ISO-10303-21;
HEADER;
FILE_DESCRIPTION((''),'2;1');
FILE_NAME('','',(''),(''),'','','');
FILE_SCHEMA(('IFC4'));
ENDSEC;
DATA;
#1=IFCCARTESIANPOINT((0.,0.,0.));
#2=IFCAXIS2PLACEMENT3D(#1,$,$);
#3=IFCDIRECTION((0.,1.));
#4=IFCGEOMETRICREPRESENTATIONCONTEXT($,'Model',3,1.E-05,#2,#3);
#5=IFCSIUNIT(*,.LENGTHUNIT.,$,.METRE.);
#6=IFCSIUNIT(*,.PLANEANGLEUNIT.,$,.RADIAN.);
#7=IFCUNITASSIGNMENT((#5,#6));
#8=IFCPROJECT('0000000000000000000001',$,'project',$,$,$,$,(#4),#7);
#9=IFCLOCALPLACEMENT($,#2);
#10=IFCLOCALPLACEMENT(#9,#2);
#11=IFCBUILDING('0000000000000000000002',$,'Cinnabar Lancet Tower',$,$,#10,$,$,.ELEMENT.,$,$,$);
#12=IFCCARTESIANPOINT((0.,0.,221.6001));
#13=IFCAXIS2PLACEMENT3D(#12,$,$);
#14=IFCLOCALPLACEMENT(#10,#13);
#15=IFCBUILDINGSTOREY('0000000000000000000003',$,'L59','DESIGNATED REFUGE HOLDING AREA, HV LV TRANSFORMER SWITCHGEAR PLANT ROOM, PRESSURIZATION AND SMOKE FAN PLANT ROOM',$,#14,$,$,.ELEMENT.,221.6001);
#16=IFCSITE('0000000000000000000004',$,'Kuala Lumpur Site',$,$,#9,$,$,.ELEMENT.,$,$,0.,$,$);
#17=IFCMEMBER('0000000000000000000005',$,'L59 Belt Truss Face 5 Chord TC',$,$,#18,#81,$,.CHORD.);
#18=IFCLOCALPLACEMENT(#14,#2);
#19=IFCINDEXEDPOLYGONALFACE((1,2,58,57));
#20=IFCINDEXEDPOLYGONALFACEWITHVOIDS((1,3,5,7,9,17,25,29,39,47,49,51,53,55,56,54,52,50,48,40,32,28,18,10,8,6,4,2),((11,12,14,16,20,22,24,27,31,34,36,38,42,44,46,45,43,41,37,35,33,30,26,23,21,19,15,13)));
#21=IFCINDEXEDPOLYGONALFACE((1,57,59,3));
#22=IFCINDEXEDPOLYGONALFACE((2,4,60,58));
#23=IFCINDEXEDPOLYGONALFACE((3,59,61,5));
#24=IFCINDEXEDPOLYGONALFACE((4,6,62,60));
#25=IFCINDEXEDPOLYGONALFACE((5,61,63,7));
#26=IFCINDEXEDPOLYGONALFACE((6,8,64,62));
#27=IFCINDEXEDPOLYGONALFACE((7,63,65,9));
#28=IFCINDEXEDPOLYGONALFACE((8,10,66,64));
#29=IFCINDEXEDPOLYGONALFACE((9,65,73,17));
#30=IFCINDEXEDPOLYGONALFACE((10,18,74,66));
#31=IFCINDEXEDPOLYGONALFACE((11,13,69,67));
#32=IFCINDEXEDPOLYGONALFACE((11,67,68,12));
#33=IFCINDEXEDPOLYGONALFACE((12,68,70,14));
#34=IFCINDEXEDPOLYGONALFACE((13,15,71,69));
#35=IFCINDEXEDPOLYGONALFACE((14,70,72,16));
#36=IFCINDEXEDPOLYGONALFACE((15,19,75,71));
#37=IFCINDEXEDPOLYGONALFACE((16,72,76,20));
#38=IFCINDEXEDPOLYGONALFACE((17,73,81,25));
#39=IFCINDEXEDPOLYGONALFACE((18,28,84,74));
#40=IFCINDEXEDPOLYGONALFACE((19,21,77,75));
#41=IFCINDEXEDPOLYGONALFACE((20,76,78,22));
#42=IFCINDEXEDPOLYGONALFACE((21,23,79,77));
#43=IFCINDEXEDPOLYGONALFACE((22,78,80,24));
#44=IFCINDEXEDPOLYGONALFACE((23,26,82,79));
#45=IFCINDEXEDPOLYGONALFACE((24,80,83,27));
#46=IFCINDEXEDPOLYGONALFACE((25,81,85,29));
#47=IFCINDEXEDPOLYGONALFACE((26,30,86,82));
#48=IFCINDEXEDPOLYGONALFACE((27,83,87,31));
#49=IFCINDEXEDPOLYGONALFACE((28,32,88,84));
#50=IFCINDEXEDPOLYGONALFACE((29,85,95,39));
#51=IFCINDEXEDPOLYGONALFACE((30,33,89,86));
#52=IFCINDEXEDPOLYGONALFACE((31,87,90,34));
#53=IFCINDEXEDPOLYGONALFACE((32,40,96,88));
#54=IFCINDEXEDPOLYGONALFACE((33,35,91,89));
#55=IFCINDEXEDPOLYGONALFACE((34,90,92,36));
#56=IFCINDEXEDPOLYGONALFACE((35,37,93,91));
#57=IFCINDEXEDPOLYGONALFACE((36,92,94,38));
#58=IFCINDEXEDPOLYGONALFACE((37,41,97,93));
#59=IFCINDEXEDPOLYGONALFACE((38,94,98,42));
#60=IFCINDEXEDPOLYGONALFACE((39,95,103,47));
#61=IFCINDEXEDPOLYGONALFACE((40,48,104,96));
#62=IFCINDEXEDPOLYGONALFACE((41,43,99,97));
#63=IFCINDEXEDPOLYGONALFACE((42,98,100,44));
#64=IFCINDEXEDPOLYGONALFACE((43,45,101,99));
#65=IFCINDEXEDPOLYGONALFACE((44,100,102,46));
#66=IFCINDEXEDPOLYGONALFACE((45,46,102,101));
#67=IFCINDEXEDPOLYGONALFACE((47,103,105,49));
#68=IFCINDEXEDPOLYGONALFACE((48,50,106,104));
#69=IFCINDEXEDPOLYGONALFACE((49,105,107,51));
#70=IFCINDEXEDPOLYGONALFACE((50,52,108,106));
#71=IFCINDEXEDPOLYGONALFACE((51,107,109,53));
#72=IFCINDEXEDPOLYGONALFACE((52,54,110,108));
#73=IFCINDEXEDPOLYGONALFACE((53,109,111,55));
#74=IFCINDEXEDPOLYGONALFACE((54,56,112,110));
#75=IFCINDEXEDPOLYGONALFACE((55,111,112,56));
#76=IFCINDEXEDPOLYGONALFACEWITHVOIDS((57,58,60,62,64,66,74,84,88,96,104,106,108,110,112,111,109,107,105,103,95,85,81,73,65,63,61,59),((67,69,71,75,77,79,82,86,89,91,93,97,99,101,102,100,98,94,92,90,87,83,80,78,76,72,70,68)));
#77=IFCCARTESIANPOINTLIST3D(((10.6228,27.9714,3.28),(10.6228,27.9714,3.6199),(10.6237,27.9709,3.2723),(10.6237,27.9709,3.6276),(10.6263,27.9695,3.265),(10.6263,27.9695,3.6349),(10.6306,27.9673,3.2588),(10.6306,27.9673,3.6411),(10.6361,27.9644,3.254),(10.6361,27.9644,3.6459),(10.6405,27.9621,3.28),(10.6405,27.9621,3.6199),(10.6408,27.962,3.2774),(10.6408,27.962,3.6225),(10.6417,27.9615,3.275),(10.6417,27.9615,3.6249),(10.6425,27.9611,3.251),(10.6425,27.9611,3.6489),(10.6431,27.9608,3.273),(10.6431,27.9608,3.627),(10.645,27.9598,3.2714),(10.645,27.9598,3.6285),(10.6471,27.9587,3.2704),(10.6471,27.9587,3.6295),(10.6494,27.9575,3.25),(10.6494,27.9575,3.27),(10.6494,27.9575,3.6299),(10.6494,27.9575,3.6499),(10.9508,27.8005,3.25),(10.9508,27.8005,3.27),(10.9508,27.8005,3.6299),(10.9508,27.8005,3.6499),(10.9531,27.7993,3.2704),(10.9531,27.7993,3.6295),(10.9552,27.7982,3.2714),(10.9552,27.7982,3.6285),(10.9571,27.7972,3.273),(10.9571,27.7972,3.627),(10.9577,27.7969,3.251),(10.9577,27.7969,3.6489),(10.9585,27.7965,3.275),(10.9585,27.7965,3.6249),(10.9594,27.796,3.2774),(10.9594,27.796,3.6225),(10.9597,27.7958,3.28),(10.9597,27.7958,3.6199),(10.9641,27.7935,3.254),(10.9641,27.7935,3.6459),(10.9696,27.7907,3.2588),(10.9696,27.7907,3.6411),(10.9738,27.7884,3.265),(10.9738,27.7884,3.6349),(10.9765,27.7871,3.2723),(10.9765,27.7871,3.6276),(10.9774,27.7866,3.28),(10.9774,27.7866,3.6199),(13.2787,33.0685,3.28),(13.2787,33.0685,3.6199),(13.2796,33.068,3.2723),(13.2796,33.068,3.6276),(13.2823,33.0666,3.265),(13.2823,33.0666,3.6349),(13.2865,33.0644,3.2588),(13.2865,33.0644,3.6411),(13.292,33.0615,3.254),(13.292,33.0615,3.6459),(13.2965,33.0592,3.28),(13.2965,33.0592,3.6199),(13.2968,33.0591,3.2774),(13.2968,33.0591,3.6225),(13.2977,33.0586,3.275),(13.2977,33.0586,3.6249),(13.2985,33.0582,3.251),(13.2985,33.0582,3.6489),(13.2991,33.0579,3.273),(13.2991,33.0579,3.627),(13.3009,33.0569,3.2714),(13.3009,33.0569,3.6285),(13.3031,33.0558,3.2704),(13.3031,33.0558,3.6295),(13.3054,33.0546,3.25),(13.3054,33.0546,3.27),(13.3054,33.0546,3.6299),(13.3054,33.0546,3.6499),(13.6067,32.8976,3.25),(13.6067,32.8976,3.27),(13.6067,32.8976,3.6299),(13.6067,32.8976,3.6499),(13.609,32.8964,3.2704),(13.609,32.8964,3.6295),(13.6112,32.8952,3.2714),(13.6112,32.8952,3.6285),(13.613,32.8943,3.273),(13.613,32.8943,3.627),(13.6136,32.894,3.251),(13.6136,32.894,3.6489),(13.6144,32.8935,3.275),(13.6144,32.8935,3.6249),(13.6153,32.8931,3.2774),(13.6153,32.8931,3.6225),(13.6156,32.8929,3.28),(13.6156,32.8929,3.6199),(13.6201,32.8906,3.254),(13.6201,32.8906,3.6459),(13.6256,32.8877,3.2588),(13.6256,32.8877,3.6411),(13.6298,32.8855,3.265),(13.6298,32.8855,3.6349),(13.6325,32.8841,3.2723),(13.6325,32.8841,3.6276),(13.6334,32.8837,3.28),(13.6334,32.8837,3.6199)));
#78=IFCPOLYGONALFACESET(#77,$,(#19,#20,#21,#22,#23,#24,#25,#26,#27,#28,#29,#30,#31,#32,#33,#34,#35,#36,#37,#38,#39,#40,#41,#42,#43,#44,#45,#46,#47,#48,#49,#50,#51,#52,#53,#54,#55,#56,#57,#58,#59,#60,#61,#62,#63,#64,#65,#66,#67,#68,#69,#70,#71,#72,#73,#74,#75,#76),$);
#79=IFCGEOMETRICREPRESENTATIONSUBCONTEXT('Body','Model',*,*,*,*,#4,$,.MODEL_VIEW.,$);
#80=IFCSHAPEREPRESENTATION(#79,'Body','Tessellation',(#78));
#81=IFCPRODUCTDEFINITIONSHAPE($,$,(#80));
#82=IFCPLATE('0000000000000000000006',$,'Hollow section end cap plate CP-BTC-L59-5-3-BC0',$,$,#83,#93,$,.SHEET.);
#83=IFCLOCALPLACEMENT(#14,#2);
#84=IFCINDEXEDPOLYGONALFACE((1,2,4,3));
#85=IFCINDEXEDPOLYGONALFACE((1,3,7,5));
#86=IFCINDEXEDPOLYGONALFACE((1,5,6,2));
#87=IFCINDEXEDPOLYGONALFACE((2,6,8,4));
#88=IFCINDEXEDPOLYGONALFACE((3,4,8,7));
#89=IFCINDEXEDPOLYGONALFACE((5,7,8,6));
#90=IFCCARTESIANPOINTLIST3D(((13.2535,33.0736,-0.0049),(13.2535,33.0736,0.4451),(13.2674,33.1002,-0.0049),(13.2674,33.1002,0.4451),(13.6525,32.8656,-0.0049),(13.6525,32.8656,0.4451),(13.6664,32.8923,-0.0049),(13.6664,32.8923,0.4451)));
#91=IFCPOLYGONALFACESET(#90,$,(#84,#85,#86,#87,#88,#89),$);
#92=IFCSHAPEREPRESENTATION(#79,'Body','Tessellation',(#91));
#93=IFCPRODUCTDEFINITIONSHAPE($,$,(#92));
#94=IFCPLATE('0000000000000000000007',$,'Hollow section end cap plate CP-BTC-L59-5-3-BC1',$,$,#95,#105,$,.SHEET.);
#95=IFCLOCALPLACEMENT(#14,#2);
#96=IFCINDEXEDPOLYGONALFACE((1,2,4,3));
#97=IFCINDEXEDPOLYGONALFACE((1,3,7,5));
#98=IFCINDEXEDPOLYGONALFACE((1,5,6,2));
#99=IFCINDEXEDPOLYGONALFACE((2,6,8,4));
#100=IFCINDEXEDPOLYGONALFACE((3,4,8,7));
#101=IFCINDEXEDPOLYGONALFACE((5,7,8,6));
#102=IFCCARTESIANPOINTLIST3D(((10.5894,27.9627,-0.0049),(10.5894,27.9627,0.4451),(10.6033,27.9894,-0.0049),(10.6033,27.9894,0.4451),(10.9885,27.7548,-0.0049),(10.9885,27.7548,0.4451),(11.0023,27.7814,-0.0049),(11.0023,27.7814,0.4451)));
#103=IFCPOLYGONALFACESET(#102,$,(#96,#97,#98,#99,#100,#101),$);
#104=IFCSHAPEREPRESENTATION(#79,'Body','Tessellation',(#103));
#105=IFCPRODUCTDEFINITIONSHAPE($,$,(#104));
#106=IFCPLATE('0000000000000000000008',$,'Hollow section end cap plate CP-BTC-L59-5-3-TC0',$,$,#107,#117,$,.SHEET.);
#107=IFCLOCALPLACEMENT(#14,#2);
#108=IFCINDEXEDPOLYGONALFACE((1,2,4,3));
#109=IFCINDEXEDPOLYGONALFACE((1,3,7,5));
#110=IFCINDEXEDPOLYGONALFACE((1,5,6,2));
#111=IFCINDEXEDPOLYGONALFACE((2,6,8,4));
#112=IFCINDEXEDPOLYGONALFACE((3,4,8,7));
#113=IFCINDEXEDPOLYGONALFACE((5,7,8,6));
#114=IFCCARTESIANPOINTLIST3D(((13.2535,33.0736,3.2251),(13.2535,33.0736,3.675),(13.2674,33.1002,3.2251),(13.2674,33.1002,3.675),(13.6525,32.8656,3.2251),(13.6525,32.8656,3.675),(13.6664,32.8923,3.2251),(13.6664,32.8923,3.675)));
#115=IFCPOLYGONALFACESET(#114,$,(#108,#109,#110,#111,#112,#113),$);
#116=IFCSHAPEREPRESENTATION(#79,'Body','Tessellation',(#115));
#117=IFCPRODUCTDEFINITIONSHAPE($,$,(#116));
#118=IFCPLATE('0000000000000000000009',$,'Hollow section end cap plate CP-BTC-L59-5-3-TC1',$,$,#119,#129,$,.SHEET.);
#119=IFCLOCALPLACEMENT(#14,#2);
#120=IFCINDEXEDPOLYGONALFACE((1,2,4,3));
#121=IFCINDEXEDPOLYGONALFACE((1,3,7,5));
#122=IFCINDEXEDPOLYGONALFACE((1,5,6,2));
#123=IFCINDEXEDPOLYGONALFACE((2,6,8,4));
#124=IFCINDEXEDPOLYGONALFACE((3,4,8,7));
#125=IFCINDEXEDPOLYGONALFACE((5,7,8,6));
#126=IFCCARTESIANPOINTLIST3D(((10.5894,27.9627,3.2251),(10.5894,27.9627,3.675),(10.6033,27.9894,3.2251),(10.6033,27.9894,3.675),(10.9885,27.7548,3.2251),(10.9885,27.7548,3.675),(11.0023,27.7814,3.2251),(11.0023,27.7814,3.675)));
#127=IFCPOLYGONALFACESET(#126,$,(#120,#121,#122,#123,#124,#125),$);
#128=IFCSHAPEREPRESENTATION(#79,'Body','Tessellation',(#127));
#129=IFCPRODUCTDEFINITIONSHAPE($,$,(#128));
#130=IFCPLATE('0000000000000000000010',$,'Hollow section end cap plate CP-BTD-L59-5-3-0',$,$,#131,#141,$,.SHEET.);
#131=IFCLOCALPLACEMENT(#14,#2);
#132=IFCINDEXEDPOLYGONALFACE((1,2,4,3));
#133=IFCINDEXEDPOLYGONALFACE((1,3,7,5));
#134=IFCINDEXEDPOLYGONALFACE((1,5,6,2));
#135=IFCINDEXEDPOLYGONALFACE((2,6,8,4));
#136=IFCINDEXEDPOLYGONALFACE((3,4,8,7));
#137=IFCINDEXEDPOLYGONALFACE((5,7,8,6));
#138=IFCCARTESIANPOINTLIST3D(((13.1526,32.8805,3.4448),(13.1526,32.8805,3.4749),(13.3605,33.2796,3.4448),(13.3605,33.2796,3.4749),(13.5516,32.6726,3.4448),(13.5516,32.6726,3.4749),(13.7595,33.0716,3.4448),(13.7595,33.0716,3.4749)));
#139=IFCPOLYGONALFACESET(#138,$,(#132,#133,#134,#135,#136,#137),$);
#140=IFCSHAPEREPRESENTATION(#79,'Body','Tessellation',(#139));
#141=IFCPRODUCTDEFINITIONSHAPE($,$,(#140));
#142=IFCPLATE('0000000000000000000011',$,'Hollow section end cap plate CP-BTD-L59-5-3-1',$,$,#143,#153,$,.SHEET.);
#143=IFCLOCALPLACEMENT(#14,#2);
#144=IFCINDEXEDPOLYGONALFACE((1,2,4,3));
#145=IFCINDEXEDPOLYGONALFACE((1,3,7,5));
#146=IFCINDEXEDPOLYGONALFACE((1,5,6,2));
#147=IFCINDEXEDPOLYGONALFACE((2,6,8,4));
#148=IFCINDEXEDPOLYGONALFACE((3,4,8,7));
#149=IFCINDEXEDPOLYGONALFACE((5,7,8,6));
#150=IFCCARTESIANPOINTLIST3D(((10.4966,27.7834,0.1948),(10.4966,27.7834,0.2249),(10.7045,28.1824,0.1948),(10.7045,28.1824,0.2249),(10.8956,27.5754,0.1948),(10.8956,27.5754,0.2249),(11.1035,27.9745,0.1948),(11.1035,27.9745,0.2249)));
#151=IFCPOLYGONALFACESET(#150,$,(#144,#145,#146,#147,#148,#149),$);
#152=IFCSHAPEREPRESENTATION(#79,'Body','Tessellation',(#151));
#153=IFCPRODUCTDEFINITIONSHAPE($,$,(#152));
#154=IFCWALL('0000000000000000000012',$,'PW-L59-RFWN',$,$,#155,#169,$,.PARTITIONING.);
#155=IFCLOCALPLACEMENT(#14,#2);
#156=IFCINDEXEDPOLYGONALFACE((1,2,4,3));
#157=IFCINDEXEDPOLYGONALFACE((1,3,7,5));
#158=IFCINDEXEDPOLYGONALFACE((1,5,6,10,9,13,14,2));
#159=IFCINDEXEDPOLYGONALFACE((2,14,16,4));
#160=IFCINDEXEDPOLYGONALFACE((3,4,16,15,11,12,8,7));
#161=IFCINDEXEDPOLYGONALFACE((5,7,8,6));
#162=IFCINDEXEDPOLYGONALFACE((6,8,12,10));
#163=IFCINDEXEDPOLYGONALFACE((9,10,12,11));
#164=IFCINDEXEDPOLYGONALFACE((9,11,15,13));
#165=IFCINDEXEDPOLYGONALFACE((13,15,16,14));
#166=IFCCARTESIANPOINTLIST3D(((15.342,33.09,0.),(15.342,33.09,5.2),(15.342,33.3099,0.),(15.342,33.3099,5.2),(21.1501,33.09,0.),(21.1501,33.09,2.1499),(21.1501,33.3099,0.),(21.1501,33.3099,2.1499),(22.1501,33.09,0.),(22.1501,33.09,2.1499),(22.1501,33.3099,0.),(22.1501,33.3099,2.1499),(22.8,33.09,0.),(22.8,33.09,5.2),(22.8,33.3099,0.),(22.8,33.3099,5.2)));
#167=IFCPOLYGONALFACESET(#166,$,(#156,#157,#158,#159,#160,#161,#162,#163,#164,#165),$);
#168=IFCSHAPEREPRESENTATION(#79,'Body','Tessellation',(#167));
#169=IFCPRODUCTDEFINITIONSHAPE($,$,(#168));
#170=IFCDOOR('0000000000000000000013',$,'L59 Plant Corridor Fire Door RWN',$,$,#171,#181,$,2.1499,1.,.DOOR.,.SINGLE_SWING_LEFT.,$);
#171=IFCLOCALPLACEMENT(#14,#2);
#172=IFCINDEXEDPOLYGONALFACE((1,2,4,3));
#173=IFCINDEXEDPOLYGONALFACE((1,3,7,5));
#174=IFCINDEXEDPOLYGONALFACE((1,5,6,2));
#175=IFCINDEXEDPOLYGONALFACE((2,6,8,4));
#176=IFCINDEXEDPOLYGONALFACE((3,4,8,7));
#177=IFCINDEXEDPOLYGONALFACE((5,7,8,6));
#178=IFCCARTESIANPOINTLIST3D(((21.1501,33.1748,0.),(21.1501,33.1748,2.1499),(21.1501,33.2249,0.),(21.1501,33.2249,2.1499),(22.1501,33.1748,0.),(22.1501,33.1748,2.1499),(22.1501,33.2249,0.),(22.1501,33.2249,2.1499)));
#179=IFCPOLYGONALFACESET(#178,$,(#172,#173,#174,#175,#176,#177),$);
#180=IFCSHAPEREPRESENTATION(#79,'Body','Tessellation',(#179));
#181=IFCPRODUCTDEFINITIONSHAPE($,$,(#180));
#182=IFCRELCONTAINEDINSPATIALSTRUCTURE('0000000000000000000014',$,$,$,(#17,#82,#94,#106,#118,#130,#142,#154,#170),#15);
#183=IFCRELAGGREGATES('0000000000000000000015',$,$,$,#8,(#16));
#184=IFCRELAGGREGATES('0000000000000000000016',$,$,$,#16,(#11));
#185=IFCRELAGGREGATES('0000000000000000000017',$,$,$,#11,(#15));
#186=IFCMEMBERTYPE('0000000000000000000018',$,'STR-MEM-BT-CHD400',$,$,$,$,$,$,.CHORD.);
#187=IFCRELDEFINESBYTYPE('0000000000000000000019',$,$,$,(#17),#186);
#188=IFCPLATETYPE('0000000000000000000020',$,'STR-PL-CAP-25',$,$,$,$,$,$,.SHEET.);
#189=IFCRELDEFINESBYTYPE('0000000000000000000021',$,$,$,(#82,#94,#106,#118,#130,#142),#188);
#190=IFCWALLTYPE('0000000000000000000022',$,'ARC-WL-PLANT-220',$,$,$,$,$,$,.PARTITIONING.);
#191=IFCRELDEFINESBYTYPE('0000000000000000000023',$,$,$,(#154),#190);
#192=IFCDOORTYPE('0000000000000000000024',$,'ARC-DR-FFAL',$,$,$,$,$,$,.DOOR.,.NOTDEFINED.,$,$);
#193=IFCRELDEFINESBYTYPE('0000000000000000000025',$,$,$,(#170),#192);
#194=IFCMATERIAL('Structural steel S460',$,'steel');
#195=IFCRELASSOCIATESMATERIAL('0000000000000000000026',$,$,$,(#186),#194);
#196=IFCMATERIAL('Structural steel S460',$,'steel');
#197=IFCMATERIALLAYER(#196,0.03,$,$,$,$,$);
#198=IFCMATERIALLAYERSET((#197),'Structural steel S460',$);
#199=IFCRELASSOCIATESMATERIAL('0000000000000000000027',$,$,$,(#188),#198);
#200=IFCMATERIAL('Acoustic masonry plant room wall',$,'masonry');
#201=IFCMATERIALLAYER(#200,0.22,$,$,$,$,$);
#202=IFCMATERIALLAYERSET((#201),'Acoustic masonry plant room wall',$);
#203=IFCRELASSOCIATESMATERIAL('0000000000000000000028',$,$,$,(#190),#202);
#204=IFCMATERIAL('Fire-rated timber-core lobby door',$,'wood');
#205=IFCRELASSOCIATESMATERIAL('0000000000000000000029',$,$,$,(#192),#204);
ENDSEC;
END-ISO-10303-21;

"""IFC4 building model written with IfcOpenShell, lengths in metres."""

from ifc_helpers import new_model, si_unit, direction, frame, frame_2d, origin, origin_2d, place, context, subcontext, project, spatial, rectangle, hollow_rectangle, extrude, material, layer, layer_set, material_profile, profile_set, type_object, element, fill, save


model = new_model("IFC4")

# Units and contexts
model_context = context("Model", 3, precision=1e-05, world=origin(), true_north=direction((0.0, 1.0)))
body_context = subcontext(model_context, "Body", "Model", "MODEL_VIEW")
ifc_project = project(units=[si_unit("LENGTHUNIT", "METRE"), si_unit("PLANEANGLEUNIT", "RADIAN")], contexts=[model_context])

# Site, building, storey
site_placement = place(None, origin())
site = spatial("IfcSite", under=ifc_project, at=site_placement, Name="Kuala Lumpur Site", CompositionType="ELEMENT", RefElevation=0.0)
building_placement = place(site_placement, origin())
building = spatial("IfcBuilding", under=site, at=building_placement, Name="Cinnabar Lancet Tower", CompositionType="ELEMENT")
storey_placement = place(building_placement, frame((0.0, 0.0, 221.6001)))
storey = spatial("IfcBuildingStorey", under=building, at=storey_placement, Name="L59", Description="DESIGNATED REFUGE HOLDING AREA, HV LV TRANSFORMER SWITCHGEAR PLANT ROOM, PRESSURIZATION AND SMOKE FAN PLANT ROOM", CompositionType="ELEMENT", Elevation=221.6001)

# Member
ifc_material_1 = material(Name="Structural steel S460", Category="steel")
ifc_material_profile_1 = material_profile(ifc_material_1, hollow_rectangle(XDim=0.3999, YDim=0.3999, WallThickness=0.02, InnerFilletRadius=0.01, OuterFilletRadius=0.03, at=origin_2d()), Name="SHS 400x400x20")
ifc_profile_set_1 = profile_set([ifc_material_profile_1], Name="Structural steel S460")
member_type_1 = type_object("IfcMemberType", Name="STR-MEM-BT-CHD400", PredefinedType="CHORD", material=ifc_profile_set_1)
for number, where, z_axis, x_axis, name in (
    (1, (13.4561, 32.9761, 3.45), (-0.462103, -0.886826, 0.0), (0.886826, -0.462103, 0.0), "L59 Belt Truss Face 5 Chord TC"),
):
    element("IfcMember", number, at=place(storey_placement, frame(where, z_axis=z_axis, x_axis=x_axis)), inside=storey, type_object=member_type_1, Name=name, PredefinedType="CHORD", context=body_context, shape_type="SweptSolid", body=[
        extrude(hollow_rectangle(XDim=0.3999, YDim=0.3999, WallThickness=0.02, InnerFilletRadius=0.01, OuterFilletRadius=0.03, at=origin_2d()), origin(), (0.0, 0.0, 1.0), 5.7476),
    ])

# Plates
ifc_material_2 = material(Name="Structural steel S460", Category="steel")
ifc_layer_1 = layer(ifc_material_2, 0.03)
ifc_layer_set_1 = layer_set([ifc_layer_1], Name="Structural steel S460")
plate_type = type_object("IfcPlateType", Name="STR-PL-CAP-25", PredefinedType="SHEET", material=ifc_layer_set_1)
for number, where, z_axis, x_axis, name in (
    (2, (13.46, 32.9829, -0.0049), (0.0, 0.0, 1.0), (0.46212, 0.886817, 0.0), "Hollow section end cap plate CP-BTC-L59-5-3-BC0"),
    (3, (10.7959, 27.8721, -0.0049), (0.0, 0.0, 1.0), (-0.46212, -0.886817, 0.0), "Hollow section end cap plate CP-BTC-L59-5-3-BC1"),
    (4, (13.46, 32.9829, 3.2251), (0.0, 0.0, 1.0), (0.46212, 0.886817, 0.0), "Hollow section end cap plate CP-BTC-L59-5-3-TC0"),
    (5, (10.7959, 27.8721, 3.2251), (0.0, 0.0, 1.0), (-0.46212, -0.886817, 0.0), "Hollow section end cap plate CP-BTC-L59-5-3-TC1"),
):
    element("IfcPlate", number, at=place(storey_placement, frame(where, z_axis=z_axis, x_axis=x_axis)), inside=storey, type_object=plate_type, Name=name, PredefinedType="SHEET", context=body_context, shape_type="SweptSolid", body=[
        extrude(rectangle(XDim=0.03, YDim=0.45, at=origin_2d()), origin(), (0.0, 0.0, 1.0), 0.45),
    ])
for number, where, z_axis, x_axis, name in (
    (6, (13.4561, 32.9761, 3.4448), (0.0, 0.0, 1.0), (0.46212, 0.886817, 0.0), "Hollow section end cap plate CP-BTD-L59-5-3-0"),
    (7, (10.8, 27.8789, 0.1948), (0.0, 0.0, 1.0), (-0.46212, -0.886817, 0.0), "Hollow section end cap plate CP-BTD-L59-5-3-1"),
):
    element("IfcPlate", number, at=place(storey_placement, frame(where, z_axis=z_axis, x_axis=x_axis)), inside=storey, type_object=plate_type, Name=name, PredefinedType="SHEET", context=body_context, shape_type="SweptSolid", body=[
        extrude(rectangle(XDim=0.45, YDim=0.45, at=origin_2d()), origin(), (0.0, 0.0, 1.0), 0.03),
    ])

# Wall, opening, door
ifc_material_3 = material(Name="Acoustic masonry plant room wall", Category="masonry")
ifc_layer_2 = layer(ifc_material_3, 0.22)
ifc_layer_set_2 = layer_set([ifc_layer_2], Name="Acoustic masonry plant room wall")
wall_type_1 = type_object("IfcWallType", Name="ARC-WL-PLANT-220", PredefinedType="PARTITIONING", material=ifc_layer_set_2)
wall_1_placement = place(storey_placement, frame((15.342, 33.2, 0.0), z_axis=(0.0, 0.0, 1.0), x_axis=(1.0, 0.0, 0.0)))
wall_1 = element("IfcWall", 8, at=wall_1_placement, inside=storey, type_object=wall_type_1, Name="PW-L59-RFWN", PredefinedType="PARTITIONING", context=body_context, shape_type="SweptSolid", body=[
    extrude(rectangle(XDim=7.458, YDim=0.22, at=frame_2d((3.729, 0.0))), origin(), (0.0, 0.0, 1.0), 5.2),
])
opening_1_placement = place(wall_1_placement, frame((5.8081, 0.0, 0.0)))
opening_1 = element("IfcOpeningElement", 9, at=opening_1_placement, cuts=wall_1, PredefinedType="OPENING", context=body_context, shape_type="SweptSolid", body=[
    extrude(rectangle(XDim=1.0, YDim=2.1499, at=frame_2d((0.5, 1.075))), frame((0.0, 0.1199, 0.0), z_axis=(0.0, -1.0, 0.0), x_axis=(1.0, 0.0, 0.0)), (0.0, 0.0, 1.0), 0.24),
])
ifc_material_4 = material(Name="Fire-rated timber-core lobby door", Category="wood")
door_type_1 = type_object("IfcDoorType", Name="ARC-DR-FFAL", OperationType="NOTDEFINED", PredefinedType="DOOR", material=ifc_material_4)
door_1_placement = place(opening_1_placement, origin())
door_1 = element("IfcDoor", 10, at=door_1_placement, inside=storey, type_object=door_type_1, Name="L59 Plant Corridor Fire Door RWN", OperationType="SINGLE_SWING_LEFT", OverallHeight=2.1499, OverallWidth=1.0, PredefinedType="DOOR", context=body_context, shape_type="SweptSolid", body=[
    extrude(rectangle(XDim=1.0, YDim=2.1499, at=frame_2d((0.5, 1.075))), frame((0.0, 0.0249, 0.0), z_axis=(0.0, -1.0, 0.0), x_axis=(1.0, 0.0, 0.0)), (0.0, 0.0, 1.0), 0.05),
])
fill(opening_1, door_1)

save(model, "model.ifc")
